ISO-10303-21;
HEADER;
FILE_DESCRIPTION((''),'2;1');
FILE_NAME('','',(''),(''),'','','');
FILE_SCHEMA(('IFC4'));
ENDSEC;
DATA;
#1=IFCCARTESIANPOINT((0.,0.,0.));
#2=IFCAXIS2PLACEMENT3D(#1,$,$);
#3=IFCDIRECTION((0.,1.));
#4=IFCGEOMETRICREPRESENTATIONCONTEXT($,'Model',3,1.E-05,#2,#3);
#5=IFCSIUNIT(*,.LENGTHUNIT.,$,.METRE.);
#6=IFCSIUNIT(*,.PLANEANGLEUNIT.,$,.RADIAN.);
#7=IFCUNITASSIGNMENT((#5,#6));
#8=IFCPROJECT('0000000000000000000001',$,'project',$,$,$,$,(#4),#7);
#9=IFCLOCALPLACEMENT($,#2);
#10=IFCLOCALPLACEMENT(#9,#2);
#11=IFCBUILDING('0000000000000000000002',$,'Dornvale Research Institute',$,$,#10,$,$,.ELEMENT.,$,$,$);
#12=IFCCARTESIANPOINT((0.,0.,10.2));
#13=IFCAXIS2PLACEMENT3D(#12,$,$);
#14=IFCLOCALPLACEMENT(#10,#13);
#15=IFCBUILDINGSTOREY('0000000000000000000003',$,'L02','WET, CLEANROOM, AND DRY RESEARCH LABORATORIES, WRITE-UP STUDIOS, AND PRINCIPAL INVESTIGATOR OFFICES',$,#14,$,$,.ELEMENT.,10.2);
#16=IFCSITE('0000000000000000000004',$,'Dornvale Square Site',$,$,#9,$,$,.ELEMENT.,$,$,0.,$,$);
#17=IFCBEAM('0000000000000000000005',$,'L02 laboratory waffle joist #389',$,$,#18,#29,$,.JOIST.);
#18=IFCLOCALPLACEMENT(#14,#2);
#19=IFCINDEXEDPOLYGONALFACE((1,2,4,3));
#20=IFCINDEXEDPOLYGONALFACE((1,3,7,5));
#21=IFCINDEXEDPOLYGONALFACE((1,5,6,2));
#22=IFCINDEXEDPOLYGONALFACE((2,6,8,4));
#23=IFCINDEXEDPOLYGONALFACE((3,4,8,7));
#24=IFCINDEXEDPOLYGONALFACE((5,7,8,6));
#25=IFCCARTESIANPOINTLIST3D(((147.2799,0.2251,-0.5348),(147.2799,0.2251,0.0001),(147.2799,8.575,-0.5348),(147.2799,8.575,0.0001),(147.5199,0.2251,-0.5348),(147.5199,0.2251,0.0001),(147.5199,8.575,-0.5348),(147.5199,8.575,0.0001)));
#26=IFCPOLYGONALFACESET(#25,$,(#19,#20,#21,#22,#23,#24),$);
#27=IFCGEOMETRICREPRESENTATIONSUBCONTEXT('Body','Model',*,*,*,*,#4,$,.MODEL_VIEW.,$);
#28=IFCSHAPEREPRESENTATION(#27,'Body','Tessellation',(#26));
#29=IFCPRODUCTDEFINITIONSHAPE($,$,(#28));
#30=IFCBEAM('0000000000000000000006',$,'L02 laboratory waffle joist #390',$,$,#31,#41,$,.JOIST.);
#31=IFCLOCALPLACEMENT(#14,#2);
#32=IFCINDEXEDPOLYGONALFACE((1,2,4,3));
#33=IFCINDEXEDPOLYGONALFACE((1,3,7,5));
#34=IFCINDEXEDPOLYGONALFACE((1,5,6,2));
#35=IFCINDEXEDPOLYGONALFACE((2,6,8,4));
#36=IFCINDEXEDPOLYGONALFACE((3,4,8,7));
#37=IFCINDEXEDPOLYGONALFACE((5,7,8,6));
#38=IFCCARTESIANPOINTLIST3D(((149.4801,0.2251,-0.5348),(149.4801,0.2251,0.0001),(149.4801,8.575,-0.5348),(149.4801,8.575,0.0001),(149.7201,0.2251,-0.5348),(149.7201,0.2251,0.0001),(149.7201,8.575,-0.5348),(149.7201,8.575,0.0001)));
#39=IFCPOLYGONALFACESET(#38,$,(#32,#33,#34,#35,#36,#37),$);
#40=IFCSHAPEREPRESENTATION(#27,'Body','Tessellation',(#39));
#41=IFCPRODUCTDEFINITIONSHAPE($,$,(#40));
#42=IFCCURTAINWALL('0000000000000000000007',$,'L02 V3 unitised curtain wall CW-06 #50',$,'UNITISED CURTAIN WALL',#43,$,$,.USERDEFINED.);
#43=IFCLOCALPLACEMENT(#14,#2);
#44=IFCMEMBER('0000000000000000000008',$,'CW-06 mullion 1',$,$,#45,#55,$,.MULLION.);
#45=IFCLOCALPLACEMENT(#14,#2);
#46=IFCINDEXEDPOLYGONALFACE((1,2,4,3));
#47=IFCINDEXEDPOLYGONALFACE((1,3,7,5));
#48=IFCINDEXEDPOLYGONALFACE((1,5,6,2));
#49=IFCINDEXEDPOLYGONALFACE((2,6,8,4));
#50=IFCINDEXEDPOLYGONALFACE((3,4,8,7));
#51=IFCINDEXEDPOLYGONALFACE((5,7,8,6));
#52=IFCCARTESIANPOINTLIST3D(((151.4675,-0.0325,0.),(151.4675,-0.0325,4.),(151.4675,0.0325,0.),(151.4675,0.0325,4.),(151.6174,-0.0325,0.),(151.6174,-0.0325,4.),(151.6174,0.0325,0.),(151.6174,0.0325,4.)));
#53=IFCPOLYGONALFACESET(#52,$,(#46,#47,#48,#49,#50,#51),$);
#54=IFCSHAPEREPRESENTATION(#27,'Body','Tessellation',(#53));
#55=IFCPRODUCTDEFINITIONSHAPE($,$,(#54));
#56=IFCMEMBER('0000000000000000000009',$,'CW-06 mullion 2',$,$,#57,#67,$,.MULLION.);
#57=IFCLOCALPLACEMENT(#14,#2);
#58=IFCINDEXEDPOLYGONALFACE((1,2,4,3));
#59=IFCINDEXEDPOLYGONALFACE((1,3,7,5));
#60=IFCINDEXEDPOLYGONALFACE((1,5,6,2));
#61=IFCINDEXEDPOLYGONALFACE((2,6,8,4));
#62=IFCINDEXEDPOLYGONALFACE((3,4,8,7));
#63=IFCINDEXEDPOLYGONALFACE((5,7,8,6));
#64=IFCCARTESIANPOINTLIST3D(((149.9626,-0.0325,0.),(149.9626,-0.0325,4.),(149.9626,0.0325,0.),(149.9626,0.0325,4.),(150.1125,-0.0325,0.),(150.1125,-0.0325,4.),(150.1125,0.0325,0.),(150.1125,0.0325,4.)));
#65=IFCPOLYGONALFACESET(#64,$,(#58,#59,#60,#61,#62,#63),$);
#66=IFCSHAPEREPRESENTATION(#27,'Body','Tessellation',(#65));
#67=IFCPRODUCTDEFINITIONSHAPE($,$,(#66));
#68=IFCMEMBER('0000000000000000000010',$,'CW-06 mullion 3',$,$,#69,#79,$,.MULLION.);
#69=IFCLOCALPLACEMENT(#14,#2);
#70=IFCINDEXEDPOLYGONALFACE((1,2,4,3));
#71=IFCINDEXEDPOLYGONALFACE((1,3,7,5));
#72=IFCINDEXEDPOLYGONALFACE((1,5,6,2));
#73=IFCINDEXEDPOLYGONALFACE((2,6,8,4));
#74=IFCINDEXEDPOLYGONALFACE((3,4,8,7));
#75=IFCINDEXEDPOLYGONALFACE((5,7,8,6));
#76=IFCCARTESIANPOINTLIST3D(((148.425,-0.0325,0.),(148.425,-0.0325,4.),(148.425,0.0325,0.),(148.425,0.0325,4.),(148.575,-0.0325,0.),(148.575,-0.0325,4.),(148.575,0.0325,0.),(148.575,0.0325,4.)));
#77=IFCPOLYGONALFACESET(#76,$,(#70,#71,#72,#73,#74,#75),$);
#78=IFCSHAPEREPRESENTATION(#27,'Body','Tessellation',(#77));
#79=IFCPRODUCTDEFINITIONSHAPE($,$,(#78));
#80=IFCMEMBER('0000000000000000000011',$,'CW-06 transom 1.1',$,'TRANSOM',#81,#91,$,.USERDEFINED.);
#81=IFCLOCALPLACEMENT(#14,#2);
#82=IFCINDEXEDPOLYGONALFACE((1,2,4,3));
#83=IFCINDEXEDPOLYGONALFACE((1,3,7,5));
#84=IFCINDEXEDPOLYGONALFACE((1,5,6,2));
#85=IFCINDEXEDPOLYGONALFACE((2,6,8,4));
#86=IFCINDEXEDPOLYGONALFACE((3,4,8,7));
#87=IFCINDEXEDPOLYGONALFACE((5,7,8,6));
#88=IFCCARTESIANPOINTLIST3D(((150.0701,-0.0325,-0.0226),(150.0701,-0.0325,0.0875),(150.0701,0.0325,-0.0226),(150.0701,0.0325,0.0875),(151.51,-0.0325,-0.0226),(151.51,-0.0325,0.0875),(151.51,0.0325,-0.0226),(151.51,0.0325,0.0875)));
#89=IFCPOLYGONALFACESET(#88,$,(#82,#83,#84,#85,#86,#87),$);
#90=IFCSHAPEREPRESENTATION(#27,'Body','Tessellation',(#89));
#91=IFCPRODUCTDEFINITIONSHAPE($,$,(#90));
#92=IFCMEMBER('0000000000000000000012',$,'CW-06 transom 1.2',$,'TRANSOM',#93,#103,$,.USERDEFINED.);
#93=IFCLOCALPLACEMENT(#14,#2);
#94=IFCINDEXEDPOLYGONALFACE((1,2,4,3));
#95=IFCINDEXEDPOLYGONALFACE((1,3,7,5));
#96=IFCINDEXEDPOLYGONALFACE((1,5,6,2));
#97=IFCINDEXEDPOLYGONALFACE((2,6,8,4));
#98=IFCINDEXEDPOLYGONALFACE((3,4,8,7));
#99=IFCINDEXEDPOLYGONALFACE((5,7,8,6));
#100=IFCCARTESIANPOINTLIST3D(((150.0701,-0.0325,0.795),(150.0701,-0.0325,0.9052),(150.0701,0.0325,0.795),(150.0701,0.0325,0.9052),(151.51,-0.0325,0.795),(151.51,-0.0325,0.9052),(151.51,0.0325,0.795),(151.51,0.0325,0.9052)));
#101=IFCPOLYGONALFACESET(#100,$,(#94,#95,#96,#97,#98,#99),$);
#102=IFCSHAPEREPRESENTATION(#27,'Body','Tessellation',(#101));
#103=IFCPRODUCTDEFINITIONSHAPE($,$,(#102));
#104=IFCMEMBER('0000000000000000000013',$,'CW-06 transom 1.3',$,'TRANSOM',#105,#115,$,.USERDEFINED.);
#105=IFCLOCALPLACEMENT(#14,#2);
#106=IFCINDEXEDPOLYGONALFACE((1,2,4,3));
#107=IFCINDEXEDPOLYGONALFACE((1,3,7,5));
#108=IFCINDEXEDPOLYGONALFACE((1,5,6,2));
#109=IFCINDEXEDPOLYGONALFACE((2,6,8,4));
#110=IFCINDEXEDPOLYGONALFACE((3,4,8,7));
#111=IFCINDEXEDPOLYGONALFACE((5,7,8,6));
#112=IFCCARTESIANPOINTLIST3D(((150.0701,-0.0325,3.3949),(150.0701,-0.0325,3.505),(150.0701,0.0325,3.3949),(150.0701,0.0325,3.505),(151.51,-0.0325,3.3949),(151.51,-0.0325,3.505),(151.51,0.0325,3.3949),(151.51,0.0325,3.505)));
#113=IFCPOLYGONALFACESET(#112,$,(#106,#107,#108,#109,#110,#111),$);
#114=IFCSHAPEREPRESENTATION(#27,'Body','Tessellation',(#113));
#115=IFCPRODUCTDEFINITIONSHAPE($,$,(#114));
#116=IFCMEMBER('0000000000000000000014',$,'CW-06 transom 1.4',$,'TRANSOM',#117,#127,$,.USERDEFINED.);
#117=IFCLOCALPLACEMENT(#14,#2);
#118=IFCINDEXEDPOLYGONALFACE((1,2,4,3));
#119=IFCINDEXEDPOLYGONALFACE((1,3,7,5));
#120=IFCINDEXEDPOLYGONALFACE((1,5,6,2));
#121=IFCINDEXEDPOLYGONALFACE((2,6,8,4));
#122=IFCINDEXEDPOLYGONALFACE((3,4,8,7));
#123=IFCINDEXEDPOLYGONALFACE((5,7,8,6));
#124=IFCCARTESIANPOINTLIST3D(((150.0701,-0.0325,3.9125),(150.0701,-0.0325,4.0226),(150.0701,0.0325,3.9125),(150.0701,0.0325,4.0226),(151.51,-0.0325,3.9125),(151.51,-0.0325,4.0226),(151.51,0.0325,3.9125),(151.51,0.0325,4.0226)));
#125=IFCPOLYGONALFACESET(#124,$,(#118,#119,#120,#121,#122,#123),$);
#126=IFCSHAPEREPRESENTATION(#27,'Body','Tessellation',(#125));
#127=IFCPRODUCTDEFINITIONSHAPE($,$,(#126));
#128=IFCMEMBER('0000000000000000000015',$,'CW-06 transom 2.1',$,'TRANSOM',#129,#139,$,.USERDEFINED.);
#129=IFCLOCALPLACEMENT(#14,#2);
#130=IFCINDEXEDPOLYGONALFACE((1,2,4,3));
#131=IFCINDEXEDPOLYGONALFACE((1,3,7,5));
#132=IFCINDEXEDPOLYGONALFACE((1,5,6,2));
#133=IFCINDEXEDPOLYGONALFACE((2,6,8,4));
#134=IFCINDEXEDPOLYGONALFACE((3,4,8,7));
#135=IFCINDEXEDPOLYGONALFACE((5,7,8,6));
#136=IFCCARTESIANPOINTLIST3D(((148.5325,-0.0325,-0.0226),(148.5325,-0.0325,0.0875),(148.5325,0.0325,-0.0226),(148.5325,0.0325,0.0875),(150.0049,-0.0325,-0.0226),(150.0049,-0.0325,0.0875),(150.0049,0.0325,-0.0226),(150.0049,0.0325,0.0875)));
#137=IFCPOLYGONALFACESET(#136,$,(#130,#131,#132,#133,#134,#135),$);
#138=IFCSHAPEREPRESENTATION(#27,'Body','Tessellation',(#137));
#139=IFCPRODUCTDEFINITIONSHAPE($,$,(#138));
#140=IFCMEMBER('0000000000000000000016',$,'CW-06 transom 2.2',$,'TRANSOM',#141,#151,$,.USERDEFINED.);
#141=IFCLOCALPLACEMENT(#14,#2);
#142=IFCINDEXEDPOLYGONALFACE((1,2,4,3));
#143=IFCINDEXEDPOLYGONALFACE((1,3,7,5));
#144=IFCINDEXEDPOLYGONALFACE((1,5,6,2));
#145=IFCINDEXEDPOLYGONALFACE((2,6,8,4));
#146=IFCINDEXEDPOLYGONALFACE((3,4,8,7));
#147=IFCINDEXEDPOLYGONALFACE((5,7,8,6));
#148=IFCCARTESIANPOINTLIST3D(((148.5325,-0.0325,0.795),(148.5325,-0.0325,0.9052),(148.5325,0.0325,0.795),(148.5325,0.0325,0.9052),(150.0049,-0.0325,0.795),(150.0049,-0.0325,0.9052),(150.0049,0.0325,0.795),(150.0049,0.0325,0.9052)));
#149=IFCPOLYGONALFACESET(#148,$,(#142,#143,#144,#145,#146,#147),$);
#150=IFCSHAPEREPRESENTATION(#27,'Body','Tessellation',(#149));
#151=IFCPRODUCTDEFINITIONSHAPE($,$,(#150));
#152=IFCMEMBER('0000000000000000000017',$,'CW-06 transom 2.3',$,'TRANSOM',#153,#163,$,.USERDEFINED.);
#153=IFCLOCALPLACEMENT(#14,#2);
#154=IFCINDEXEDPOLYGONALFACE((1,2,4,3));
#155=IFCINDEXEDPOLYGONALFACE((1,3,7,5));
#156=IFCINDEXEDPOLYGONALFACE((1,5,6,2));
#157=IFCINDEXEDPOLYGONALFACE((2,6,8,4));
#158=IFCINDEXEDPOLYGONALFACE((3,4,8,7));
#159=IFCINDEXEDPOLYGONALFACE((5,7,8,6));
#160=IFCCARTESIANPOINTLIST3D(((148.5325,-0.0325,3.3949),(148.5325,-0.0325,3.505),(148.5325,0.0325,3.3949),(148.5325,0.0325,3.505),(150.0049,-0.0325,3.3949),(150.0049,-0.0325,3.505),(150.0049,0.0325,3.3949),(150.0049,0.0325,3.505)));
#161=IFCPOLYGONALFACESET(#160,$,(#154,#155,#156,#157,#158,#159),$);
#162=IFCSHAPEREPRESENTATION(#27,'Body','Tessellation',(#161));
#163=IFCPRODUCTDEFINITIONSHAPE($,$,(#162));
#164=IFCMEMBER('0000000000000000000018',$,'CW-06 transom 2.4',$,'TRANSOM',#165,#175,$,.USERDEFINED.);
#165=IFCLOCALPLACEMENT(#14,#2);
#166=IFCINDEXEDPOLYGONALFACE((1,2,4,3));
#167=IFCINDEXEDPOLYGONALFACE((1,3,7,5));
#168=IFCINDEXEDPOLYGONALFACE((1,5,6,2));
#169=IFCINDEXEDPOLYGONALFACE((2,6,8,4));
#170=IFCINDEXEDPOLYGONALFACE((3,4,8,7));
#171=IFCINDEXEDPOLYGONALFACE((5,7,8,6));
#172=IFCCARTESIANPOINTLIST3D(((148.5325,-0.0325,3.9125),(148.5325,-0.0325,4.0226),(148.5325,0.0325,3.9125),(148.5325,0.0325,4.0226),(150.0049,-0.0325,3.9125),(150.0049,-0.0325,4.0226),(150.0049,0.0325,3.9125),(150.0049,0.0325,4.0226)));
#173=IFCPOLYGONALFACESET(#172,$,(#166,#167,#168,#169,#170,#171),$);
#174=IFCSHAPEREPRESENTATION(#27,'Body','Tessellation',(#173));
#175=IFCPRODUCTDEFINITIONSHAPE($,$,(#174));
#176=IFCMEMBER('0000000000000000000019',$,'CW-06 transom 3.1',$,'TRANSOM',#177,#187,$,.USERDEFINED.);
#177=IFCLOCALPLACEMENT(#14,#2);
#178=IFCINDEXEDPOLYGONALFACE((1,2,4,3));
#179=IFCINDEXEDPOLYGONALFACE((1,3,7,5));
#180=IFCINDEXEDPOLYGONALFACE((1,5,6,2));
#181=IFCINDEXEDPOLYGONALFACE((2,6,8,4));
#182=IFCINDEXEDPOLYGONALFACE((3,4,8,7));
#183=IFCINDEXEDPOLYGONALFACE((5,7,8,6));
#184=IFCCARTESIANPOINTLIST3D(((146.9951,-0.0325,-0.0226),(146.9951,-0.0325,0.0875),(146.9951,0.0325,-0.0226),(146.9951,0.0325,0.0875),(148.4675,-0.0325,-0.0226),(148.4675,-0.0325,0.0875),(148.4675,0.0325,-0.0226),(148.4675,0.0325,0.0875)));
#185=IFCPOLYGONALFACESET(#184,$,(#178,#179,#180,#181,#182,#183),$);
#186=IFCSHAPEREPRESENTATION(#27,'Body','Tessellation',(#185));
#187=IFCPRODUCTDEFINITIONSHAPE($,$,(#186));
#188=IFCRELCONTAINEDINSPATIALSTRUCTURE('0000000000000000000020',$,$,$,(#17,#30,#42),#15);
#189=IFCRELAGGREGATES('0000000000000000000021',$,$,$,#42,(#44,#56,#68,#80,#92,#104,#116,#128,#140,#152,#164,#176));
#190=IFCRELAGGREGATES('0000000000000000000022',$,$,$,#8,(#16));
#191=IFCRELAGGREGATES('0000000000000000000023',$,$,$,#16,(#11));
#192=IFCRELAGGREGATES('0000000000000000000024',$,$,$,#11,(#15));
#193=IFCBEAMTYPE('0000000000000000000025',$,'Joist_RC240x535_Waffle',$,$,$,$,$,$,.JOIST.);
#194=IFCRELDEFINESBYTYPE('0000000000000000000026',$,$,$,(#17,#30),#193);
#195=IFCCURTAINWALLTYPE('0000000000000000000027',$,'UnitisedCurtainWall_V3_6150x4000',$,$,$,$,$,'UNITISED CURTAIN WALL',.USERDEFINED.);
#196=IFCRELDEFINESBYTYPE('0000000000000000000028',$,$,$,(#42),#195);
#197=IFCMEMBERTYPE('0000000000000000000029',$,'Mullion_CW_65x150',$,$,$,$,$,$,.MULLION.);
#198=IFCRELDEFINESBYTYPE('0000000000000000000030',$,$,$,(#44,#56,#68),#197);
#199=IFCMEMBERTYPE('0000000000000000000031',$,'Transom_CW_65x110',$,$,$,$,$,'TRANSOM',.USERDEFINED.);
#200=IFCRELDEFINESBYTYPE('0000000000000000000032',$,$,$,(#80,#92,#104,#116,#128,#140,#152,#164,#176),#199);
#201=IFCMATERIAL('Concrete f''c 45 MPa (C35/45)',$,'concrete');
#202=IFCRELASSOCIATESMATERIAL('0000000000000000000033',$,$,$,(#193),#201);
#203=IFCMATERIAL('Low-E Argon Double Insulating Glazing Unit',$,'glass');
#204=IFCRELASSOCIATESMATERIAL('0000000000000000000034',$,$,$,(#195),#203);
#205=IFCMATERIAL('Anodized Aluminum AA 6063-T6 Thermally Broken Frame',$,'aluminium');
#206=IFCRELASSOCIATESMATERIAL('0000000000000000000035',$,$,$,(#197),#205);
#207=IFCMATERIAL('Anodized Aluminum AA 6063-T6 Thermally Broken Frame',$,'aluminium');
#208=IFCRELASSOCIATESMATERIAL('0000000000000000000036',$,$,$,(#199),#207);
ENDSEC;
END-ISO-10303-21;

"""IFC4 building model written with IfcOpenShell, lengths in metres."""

from ifc_helpers import new_model, si_unit, direction, frame, origin, origin_2d, place, context, subcontext, project, spatial, rectangle, extrude, material, material_profile, profile_set, type_object, element, aggregate, save


model = new_model("IFC4")

# Units and contexts
model_context = context("Model", 3, precision=1e-05, world=origin(), true_north=direction((0.0, 1.0)))
body_context = subcontext(model_context, "Body", "Model", "MODEL_VIEW")
ifc_project = project(units=[si_unit("LENGTHUNIT", "METRE"), si_unit("PLANEANGLEUNIT", "RADIAN")], contexts=[model_context])

# Site, building, storey
site_placement = place(None, origin())
site = spatial("IfcSite", under=ifc_project, at=site_placement, Name="Dornvale Square Site", CompositionType="ELEMENT", RefElevation=0.0)
building_placement = place(site_placement, origin())
building = spatial("IfcBuilding", under=site, at=building_placement, Name="Dornvale Research Institute", CompositionType="ELEMENT")
storey_placement = place(building_placement, frame((0.0, 0.0, 10.2)))
storey = spatial("IfcBuildingStorey", under=building, at=storey_placement, Name="L02", Description="WET, CLEANROOM, AND DRY RESEARCH LABORATORIES, WRITE-UP STUDIOS, AND PRINCIPAL INVESTIGATOR OFFICES", CompositionType="ELEMENT", Elevation=10.2)

# Beams
ifc_material_1 = material(Name="Concrete f'c 45 MPa (C35/45)", Category="concrete")
ifc_material_profile_1 = material_profile(ifc_material_1, rectangle(XDim=0.24, YDim=0.5349, at=origin_2d()), Name="RC 240x535")
ifc_profile_set_1 = profile_set([ifc_material_profile_1], Name="Concrete f'c 45 MPa (C35/45)")
beam_type = type_object("IfcBeamType", Name="Joist_RC240x535_Waffle", PredefinedType="JOIST", material=ifc_profile_set_1)
for number, where, z_axis, x_axis, name in (
    (1, (147.3999, 0.2251, -0.2673), (0.0, 1.0, 0.0), (-1.0, 0.0, 0.0), "L02 laboratory waffle joist #389"),
    (2, (149.6001, 0.2251, -0.2673), (0.0, 1.0, 0.0), (-1.0, 0.0, 0.0), "L02 laboratory waffle joist #390"),
):
    element("IfcBeam", number, at=place(storey_placement, frame(where, z_axis=z_axis, x_axis=x_axis)), inside=storey, type_object=beam_type, Name=name, PredefinedType="JOIST", context=body_context, shape_type="SweptSolid", body=[
        extrude(rectangle(XDim=0.24, YDim=0.5349, at=origin_2d()), origin(), (0.0, 0.0, 1.0), 8.3499),
    ])

# Curtain wall, members
ifc_material_2 = material(Name="Low-E Argon Double Insulating Glazing Unit", Category="glass")
curtain_wall_type = type_object("IfcCurtainWallType", Name="UnitisedCurtainWall_V3_6150x4000", ElementType="UNITISED CURTAIN WALL", PredefinedType="USERDEFINED", material=ifc_material_2)
curtain_wall_placement = place(storey_placement, origin())
curtain_wall = element("IfcCurtainWall", 3, at=curtain_wall_placement, inside=storey, type_object=curtain_wall_type, Name="L02 V3 unitised curtain wall CW-06 #50", ObjectType="UNITISED CURTAIN WALL", PredefinedType="USERDEFINED")
ifc_material_3 = material(Name="Anodized Aluminum AA 6063-T6 Thermally Broken Frame", Category="aluminium")
ifc_material_profile_2 = material_profile(ifc_material_3, rectangle(XDim=0.0649, YDim=0.1499, at=origin_2d()), Name="ALU MULLION 65x150")
ifc_profile_set_2 = profile_set([ifc_material_profile_2], Name="Anodized Aluminum AA 6063-T6 Thermally Broken Frame")
member_type_1 = type_object("IfcMemberType", Name="Mullion_CW_65x150", PredefinedType="MULLION", material=ifc_profile_set_2)
member_1_placement = place(storey_placement, frame((151.5425, 0.0, 0.0), z_axis=(0.0, 0.0, 1.0), x_axis=(0.0, -1.0, 0.0)))
member_1 = element("IfcMember", 4, at=member_1_placement, type_object=member_type_1, Name="CW-06 mullion 1", PredefinedType="MULLION", context=body_context, shape_type="SweptSolid", body=[
    extrude(rectangle(XDim=0.0649, YDim=0.1499, at=origin_2d()), origin(), (0.0, 0.0, 1.0), 4.0),
])
member_2_placement = place(storey_placement, frame((150.0376, 0.0, 0.0), z_axis=(0.0, 0.0, 1.0), x_axis=(0.0, -1.0, 0.0)))
member_2 = element("IfcMember", 5, at=member_2_placement, type_object=member_type_1, Name="CW-06 mullion 2", PredefinedType="MULLION", context=body_context, shape_type="SweptSolid", body=[
    extrude(rectangle(XDim=0.0649, YDim=0.1499, at=origin_2d()), origin(), (0.0, 0.0, 1.0), 4.0),
])
member_3_placement = place(storey_placement, frame((148.5, 0.0, 0.0), z_axis=(0.0, 0.0, 1.0), x_axis=(0.0, -1.0, 0.0)))
member_3 = element("IfcMember", 6, at=member_3_placement, type_object=member_type_1, Name="CW-06 mullion 3", PredefinedType="MULLION", context=body_context, shape_type="SweptSolid", body=[
    extrude(rectangle(XDim=0.0649, YDim=0.1499, at=origin_2d()), origin(), (0.0, 0.0, 1.0), 4.0),
])
ifc_material_4 = material(Name="Anodized Aluminum AA 6063-T6 Thermally Broken Frame", Category="aluminium")
ifc_material_profile_3 = material_profile(ifc_material_4, rectangle(XDim=0.0649, YDim=0.1101, at=origin_2d()), Name="ALU TRANSOM 65x110")
ifc_profile_set_3 = profile_set([ifc_material_profile_3], Name="Anodized Aluminum AA 6063-T6 Thermally Broken Frame")
member_type_2 = type_object("IfcMemberType", Name="Transom_CW_65x110", ElementType="TRANSOM", PredefinedType="USERDEFINED", material=ifc_profile_set_3)
member_4_placement = place(storey_placement, frame((151.51, 0.0, 0.0325), z_axis=(-1.0, 0.0, 0.0), x_axis=(0.0, -1.0, 0.0)))
member_4 = element("IfcMember", 7, at=member_4_placement, type_object=member_type_2, Name="CW-06 transom 1.1", ObjectType="TRANSOM", PredefinedType="USERDEFINED", context=body_context, shape_type="SweptSolid", body=[
    extrude(rectangle(XDim=0.0649, YDim=0.1101, at=origin_2d()), origin(), (0.0, 0.0, 1.0), 1.4399),
])
member_5_placement = place(storey_placement, frame((151.51, 0.0, 0.8501), z_axis=(-1.0, 0.0, 0.0), x_axis=(0.0, -1.0, 0.0)))
member_5 = element("IfcMember", 8, at=member_5_placement, type_object=member_type_2, Name="CW-06 transom 1.2", ObjectType="TRANSOM", PredefinedType="USERDEFINED", context=body_context, shape_type="SweptSolid", body=[
    extrude(rectangle(XDim=0.0649, YDim=0.1101, at=origin_2d()), origin(), (0.0, 0.0, 1.0), 1.4399),
])
member_6_placement = place(storey_placement, frame((151.51, 0.0, 3.45), z_axis=(-1.0, 0.0, 0.0), x_axis=(0.0, -1.0, 0.0)))
member_6 = element("IfcMember", 9, at=member_6_placement, type_object=member_type_2, Name="CW-06 transom 1.3", ObjectType="TRANSOM", PredefinedType="USERDEFINED", context=body_context, shape_type="SweptSolid", body=[
    extrude(rectangle(XDim=0.0649, YDim=0.1101, at=origin_2d()), origin(), (0.0, 0.0, 1.0), 1.4399),
])
member_7_placement = place(storey_placement, frame((151.51, 0.0, 3.9675), z_axis=(-1.0, 0.0, 0.0), x_axis=(0.0, -1.0, 0.0)))
member_7 = element("IfcMember", 10, at=member_7_placement, type_object=member_type_2, Name="CW-06 transom 1.4", ObjectType="TRANSOM", PredefinedType="USERDEFINED", context=body_context, shape_type="SweptSolid", body=[
    extrude(rectangle(XDim=0.0649, YDim=0.1101, at=origin_2d()), origin(), (0.0, 0.0, 1.0), 1.4399),
])
member_8_placement = place(storey_placement, frame((150.0049, 0.0, 0.0325), z_axis=(-1.0, 0.0, 0.0), x_axis=(0.0, -1.0, 0.0)))
member_8 = element("IfcMember", 11, at=member_8_placement, type_object=member_type_2, Name="CW-06 transom 2.1", ObjectType="TRANSOM", PredefinedType="USERDEFINED", context=body_context, shape_type="SweptSolid", body=[
    extrude(rectangle(XDim=0.0649, YDim=0.1101, at=origin_2d()), origin(), (0.0, 0.0, 1.0), 1.4724),
])
member_9_placement = place(storey_placement, frame((150.0049, 0.0, 0.8501), z_axis=(-1.0, 0.0, 0.0), x_axis=(0.0, -1.0, 0.0)))
member_9 = element("IfcMember", 12, at=member_9_placement, type_object=member_type_2, Name="CW-06 transom 2.2", ObjectType="TRANSOM", PredefinedType="USERDEFINED", context=body_context, shape_type="SweptSolid", body=[
    extrude(rectangle(XDim=0.0649, YDim=0.1101, at=origin_2d()), origin(), (0.0, 0.0, 1.0), 1.4724),
])
member_10_placement = place(storey_placement, frame((150.0049, 0.0, 3.45), z_axis=(-1.0, 0.0, 0.0), x_axis=(0.0, -1.0, 0.0)))
member_10 = element("IfcMember", 13, at=member_10_placement, type_object=member_type_2, Name="CW-06 transom 2.3", ObjectType="TRANSOM", PredefinedType="USERDEFINED", context=body_context, shape_type="SweptSolid", body=[
    extrude(rectangle(XDim=0.0649, YDim=0.1101, at=origin_2d()), origin(), (0.0, 0.0, 1.0), 1.4724),
])
member_11_placement = place(storey_placement, frame((150.0049, 0.0, 3.9675), z_axis=(-1.0, 0.0, 0.0), x_axis=(0.0, -1.0, 0.0)))
member_11 = element("IfcMember", 14, at=member_11_placement, type_object=member_type_2, Name="CW-06 transom 2.4", ObjectType="TRANSOM", PredefinedType="USERDEFINED", context=body_context, shape_type="SweptSolid", body=[
    extrude(rectangle(XDim=0.0649, YDim=0.1101, at=origin_2d()), origin(), (0.0, 0.0, 1.0), 1.4724),
])
member_12_placement = place(storey_placement, frame((148.4675, 0.0, 0.0325), z_axis=(-1.0, 0.0, 0.0), x_axis=(0.0, -1.0, 0.0)))
member_12 = element("IfcMember", 15, at=member_12_placement, type_object=member_type_2, Name="CW-06 transom 3.1", ObjectType="TRANSOM", PredefinedType="USERDEFINED", context=body_context, shape_type="SweptSolid", body=[
    extrude(rectangle(XDim=0.0649, YDim=0.1101, at=origin_2d()), origin(), (0.0, 0.0, 1.0), 1.4724),
])
aggregate(curtain_wall, [member_1, member_2, member_3, member_4, member_5, member_6, member_7, member_8, member_9, member_10, member_11, member_12])

save(model, "model.ifc")
